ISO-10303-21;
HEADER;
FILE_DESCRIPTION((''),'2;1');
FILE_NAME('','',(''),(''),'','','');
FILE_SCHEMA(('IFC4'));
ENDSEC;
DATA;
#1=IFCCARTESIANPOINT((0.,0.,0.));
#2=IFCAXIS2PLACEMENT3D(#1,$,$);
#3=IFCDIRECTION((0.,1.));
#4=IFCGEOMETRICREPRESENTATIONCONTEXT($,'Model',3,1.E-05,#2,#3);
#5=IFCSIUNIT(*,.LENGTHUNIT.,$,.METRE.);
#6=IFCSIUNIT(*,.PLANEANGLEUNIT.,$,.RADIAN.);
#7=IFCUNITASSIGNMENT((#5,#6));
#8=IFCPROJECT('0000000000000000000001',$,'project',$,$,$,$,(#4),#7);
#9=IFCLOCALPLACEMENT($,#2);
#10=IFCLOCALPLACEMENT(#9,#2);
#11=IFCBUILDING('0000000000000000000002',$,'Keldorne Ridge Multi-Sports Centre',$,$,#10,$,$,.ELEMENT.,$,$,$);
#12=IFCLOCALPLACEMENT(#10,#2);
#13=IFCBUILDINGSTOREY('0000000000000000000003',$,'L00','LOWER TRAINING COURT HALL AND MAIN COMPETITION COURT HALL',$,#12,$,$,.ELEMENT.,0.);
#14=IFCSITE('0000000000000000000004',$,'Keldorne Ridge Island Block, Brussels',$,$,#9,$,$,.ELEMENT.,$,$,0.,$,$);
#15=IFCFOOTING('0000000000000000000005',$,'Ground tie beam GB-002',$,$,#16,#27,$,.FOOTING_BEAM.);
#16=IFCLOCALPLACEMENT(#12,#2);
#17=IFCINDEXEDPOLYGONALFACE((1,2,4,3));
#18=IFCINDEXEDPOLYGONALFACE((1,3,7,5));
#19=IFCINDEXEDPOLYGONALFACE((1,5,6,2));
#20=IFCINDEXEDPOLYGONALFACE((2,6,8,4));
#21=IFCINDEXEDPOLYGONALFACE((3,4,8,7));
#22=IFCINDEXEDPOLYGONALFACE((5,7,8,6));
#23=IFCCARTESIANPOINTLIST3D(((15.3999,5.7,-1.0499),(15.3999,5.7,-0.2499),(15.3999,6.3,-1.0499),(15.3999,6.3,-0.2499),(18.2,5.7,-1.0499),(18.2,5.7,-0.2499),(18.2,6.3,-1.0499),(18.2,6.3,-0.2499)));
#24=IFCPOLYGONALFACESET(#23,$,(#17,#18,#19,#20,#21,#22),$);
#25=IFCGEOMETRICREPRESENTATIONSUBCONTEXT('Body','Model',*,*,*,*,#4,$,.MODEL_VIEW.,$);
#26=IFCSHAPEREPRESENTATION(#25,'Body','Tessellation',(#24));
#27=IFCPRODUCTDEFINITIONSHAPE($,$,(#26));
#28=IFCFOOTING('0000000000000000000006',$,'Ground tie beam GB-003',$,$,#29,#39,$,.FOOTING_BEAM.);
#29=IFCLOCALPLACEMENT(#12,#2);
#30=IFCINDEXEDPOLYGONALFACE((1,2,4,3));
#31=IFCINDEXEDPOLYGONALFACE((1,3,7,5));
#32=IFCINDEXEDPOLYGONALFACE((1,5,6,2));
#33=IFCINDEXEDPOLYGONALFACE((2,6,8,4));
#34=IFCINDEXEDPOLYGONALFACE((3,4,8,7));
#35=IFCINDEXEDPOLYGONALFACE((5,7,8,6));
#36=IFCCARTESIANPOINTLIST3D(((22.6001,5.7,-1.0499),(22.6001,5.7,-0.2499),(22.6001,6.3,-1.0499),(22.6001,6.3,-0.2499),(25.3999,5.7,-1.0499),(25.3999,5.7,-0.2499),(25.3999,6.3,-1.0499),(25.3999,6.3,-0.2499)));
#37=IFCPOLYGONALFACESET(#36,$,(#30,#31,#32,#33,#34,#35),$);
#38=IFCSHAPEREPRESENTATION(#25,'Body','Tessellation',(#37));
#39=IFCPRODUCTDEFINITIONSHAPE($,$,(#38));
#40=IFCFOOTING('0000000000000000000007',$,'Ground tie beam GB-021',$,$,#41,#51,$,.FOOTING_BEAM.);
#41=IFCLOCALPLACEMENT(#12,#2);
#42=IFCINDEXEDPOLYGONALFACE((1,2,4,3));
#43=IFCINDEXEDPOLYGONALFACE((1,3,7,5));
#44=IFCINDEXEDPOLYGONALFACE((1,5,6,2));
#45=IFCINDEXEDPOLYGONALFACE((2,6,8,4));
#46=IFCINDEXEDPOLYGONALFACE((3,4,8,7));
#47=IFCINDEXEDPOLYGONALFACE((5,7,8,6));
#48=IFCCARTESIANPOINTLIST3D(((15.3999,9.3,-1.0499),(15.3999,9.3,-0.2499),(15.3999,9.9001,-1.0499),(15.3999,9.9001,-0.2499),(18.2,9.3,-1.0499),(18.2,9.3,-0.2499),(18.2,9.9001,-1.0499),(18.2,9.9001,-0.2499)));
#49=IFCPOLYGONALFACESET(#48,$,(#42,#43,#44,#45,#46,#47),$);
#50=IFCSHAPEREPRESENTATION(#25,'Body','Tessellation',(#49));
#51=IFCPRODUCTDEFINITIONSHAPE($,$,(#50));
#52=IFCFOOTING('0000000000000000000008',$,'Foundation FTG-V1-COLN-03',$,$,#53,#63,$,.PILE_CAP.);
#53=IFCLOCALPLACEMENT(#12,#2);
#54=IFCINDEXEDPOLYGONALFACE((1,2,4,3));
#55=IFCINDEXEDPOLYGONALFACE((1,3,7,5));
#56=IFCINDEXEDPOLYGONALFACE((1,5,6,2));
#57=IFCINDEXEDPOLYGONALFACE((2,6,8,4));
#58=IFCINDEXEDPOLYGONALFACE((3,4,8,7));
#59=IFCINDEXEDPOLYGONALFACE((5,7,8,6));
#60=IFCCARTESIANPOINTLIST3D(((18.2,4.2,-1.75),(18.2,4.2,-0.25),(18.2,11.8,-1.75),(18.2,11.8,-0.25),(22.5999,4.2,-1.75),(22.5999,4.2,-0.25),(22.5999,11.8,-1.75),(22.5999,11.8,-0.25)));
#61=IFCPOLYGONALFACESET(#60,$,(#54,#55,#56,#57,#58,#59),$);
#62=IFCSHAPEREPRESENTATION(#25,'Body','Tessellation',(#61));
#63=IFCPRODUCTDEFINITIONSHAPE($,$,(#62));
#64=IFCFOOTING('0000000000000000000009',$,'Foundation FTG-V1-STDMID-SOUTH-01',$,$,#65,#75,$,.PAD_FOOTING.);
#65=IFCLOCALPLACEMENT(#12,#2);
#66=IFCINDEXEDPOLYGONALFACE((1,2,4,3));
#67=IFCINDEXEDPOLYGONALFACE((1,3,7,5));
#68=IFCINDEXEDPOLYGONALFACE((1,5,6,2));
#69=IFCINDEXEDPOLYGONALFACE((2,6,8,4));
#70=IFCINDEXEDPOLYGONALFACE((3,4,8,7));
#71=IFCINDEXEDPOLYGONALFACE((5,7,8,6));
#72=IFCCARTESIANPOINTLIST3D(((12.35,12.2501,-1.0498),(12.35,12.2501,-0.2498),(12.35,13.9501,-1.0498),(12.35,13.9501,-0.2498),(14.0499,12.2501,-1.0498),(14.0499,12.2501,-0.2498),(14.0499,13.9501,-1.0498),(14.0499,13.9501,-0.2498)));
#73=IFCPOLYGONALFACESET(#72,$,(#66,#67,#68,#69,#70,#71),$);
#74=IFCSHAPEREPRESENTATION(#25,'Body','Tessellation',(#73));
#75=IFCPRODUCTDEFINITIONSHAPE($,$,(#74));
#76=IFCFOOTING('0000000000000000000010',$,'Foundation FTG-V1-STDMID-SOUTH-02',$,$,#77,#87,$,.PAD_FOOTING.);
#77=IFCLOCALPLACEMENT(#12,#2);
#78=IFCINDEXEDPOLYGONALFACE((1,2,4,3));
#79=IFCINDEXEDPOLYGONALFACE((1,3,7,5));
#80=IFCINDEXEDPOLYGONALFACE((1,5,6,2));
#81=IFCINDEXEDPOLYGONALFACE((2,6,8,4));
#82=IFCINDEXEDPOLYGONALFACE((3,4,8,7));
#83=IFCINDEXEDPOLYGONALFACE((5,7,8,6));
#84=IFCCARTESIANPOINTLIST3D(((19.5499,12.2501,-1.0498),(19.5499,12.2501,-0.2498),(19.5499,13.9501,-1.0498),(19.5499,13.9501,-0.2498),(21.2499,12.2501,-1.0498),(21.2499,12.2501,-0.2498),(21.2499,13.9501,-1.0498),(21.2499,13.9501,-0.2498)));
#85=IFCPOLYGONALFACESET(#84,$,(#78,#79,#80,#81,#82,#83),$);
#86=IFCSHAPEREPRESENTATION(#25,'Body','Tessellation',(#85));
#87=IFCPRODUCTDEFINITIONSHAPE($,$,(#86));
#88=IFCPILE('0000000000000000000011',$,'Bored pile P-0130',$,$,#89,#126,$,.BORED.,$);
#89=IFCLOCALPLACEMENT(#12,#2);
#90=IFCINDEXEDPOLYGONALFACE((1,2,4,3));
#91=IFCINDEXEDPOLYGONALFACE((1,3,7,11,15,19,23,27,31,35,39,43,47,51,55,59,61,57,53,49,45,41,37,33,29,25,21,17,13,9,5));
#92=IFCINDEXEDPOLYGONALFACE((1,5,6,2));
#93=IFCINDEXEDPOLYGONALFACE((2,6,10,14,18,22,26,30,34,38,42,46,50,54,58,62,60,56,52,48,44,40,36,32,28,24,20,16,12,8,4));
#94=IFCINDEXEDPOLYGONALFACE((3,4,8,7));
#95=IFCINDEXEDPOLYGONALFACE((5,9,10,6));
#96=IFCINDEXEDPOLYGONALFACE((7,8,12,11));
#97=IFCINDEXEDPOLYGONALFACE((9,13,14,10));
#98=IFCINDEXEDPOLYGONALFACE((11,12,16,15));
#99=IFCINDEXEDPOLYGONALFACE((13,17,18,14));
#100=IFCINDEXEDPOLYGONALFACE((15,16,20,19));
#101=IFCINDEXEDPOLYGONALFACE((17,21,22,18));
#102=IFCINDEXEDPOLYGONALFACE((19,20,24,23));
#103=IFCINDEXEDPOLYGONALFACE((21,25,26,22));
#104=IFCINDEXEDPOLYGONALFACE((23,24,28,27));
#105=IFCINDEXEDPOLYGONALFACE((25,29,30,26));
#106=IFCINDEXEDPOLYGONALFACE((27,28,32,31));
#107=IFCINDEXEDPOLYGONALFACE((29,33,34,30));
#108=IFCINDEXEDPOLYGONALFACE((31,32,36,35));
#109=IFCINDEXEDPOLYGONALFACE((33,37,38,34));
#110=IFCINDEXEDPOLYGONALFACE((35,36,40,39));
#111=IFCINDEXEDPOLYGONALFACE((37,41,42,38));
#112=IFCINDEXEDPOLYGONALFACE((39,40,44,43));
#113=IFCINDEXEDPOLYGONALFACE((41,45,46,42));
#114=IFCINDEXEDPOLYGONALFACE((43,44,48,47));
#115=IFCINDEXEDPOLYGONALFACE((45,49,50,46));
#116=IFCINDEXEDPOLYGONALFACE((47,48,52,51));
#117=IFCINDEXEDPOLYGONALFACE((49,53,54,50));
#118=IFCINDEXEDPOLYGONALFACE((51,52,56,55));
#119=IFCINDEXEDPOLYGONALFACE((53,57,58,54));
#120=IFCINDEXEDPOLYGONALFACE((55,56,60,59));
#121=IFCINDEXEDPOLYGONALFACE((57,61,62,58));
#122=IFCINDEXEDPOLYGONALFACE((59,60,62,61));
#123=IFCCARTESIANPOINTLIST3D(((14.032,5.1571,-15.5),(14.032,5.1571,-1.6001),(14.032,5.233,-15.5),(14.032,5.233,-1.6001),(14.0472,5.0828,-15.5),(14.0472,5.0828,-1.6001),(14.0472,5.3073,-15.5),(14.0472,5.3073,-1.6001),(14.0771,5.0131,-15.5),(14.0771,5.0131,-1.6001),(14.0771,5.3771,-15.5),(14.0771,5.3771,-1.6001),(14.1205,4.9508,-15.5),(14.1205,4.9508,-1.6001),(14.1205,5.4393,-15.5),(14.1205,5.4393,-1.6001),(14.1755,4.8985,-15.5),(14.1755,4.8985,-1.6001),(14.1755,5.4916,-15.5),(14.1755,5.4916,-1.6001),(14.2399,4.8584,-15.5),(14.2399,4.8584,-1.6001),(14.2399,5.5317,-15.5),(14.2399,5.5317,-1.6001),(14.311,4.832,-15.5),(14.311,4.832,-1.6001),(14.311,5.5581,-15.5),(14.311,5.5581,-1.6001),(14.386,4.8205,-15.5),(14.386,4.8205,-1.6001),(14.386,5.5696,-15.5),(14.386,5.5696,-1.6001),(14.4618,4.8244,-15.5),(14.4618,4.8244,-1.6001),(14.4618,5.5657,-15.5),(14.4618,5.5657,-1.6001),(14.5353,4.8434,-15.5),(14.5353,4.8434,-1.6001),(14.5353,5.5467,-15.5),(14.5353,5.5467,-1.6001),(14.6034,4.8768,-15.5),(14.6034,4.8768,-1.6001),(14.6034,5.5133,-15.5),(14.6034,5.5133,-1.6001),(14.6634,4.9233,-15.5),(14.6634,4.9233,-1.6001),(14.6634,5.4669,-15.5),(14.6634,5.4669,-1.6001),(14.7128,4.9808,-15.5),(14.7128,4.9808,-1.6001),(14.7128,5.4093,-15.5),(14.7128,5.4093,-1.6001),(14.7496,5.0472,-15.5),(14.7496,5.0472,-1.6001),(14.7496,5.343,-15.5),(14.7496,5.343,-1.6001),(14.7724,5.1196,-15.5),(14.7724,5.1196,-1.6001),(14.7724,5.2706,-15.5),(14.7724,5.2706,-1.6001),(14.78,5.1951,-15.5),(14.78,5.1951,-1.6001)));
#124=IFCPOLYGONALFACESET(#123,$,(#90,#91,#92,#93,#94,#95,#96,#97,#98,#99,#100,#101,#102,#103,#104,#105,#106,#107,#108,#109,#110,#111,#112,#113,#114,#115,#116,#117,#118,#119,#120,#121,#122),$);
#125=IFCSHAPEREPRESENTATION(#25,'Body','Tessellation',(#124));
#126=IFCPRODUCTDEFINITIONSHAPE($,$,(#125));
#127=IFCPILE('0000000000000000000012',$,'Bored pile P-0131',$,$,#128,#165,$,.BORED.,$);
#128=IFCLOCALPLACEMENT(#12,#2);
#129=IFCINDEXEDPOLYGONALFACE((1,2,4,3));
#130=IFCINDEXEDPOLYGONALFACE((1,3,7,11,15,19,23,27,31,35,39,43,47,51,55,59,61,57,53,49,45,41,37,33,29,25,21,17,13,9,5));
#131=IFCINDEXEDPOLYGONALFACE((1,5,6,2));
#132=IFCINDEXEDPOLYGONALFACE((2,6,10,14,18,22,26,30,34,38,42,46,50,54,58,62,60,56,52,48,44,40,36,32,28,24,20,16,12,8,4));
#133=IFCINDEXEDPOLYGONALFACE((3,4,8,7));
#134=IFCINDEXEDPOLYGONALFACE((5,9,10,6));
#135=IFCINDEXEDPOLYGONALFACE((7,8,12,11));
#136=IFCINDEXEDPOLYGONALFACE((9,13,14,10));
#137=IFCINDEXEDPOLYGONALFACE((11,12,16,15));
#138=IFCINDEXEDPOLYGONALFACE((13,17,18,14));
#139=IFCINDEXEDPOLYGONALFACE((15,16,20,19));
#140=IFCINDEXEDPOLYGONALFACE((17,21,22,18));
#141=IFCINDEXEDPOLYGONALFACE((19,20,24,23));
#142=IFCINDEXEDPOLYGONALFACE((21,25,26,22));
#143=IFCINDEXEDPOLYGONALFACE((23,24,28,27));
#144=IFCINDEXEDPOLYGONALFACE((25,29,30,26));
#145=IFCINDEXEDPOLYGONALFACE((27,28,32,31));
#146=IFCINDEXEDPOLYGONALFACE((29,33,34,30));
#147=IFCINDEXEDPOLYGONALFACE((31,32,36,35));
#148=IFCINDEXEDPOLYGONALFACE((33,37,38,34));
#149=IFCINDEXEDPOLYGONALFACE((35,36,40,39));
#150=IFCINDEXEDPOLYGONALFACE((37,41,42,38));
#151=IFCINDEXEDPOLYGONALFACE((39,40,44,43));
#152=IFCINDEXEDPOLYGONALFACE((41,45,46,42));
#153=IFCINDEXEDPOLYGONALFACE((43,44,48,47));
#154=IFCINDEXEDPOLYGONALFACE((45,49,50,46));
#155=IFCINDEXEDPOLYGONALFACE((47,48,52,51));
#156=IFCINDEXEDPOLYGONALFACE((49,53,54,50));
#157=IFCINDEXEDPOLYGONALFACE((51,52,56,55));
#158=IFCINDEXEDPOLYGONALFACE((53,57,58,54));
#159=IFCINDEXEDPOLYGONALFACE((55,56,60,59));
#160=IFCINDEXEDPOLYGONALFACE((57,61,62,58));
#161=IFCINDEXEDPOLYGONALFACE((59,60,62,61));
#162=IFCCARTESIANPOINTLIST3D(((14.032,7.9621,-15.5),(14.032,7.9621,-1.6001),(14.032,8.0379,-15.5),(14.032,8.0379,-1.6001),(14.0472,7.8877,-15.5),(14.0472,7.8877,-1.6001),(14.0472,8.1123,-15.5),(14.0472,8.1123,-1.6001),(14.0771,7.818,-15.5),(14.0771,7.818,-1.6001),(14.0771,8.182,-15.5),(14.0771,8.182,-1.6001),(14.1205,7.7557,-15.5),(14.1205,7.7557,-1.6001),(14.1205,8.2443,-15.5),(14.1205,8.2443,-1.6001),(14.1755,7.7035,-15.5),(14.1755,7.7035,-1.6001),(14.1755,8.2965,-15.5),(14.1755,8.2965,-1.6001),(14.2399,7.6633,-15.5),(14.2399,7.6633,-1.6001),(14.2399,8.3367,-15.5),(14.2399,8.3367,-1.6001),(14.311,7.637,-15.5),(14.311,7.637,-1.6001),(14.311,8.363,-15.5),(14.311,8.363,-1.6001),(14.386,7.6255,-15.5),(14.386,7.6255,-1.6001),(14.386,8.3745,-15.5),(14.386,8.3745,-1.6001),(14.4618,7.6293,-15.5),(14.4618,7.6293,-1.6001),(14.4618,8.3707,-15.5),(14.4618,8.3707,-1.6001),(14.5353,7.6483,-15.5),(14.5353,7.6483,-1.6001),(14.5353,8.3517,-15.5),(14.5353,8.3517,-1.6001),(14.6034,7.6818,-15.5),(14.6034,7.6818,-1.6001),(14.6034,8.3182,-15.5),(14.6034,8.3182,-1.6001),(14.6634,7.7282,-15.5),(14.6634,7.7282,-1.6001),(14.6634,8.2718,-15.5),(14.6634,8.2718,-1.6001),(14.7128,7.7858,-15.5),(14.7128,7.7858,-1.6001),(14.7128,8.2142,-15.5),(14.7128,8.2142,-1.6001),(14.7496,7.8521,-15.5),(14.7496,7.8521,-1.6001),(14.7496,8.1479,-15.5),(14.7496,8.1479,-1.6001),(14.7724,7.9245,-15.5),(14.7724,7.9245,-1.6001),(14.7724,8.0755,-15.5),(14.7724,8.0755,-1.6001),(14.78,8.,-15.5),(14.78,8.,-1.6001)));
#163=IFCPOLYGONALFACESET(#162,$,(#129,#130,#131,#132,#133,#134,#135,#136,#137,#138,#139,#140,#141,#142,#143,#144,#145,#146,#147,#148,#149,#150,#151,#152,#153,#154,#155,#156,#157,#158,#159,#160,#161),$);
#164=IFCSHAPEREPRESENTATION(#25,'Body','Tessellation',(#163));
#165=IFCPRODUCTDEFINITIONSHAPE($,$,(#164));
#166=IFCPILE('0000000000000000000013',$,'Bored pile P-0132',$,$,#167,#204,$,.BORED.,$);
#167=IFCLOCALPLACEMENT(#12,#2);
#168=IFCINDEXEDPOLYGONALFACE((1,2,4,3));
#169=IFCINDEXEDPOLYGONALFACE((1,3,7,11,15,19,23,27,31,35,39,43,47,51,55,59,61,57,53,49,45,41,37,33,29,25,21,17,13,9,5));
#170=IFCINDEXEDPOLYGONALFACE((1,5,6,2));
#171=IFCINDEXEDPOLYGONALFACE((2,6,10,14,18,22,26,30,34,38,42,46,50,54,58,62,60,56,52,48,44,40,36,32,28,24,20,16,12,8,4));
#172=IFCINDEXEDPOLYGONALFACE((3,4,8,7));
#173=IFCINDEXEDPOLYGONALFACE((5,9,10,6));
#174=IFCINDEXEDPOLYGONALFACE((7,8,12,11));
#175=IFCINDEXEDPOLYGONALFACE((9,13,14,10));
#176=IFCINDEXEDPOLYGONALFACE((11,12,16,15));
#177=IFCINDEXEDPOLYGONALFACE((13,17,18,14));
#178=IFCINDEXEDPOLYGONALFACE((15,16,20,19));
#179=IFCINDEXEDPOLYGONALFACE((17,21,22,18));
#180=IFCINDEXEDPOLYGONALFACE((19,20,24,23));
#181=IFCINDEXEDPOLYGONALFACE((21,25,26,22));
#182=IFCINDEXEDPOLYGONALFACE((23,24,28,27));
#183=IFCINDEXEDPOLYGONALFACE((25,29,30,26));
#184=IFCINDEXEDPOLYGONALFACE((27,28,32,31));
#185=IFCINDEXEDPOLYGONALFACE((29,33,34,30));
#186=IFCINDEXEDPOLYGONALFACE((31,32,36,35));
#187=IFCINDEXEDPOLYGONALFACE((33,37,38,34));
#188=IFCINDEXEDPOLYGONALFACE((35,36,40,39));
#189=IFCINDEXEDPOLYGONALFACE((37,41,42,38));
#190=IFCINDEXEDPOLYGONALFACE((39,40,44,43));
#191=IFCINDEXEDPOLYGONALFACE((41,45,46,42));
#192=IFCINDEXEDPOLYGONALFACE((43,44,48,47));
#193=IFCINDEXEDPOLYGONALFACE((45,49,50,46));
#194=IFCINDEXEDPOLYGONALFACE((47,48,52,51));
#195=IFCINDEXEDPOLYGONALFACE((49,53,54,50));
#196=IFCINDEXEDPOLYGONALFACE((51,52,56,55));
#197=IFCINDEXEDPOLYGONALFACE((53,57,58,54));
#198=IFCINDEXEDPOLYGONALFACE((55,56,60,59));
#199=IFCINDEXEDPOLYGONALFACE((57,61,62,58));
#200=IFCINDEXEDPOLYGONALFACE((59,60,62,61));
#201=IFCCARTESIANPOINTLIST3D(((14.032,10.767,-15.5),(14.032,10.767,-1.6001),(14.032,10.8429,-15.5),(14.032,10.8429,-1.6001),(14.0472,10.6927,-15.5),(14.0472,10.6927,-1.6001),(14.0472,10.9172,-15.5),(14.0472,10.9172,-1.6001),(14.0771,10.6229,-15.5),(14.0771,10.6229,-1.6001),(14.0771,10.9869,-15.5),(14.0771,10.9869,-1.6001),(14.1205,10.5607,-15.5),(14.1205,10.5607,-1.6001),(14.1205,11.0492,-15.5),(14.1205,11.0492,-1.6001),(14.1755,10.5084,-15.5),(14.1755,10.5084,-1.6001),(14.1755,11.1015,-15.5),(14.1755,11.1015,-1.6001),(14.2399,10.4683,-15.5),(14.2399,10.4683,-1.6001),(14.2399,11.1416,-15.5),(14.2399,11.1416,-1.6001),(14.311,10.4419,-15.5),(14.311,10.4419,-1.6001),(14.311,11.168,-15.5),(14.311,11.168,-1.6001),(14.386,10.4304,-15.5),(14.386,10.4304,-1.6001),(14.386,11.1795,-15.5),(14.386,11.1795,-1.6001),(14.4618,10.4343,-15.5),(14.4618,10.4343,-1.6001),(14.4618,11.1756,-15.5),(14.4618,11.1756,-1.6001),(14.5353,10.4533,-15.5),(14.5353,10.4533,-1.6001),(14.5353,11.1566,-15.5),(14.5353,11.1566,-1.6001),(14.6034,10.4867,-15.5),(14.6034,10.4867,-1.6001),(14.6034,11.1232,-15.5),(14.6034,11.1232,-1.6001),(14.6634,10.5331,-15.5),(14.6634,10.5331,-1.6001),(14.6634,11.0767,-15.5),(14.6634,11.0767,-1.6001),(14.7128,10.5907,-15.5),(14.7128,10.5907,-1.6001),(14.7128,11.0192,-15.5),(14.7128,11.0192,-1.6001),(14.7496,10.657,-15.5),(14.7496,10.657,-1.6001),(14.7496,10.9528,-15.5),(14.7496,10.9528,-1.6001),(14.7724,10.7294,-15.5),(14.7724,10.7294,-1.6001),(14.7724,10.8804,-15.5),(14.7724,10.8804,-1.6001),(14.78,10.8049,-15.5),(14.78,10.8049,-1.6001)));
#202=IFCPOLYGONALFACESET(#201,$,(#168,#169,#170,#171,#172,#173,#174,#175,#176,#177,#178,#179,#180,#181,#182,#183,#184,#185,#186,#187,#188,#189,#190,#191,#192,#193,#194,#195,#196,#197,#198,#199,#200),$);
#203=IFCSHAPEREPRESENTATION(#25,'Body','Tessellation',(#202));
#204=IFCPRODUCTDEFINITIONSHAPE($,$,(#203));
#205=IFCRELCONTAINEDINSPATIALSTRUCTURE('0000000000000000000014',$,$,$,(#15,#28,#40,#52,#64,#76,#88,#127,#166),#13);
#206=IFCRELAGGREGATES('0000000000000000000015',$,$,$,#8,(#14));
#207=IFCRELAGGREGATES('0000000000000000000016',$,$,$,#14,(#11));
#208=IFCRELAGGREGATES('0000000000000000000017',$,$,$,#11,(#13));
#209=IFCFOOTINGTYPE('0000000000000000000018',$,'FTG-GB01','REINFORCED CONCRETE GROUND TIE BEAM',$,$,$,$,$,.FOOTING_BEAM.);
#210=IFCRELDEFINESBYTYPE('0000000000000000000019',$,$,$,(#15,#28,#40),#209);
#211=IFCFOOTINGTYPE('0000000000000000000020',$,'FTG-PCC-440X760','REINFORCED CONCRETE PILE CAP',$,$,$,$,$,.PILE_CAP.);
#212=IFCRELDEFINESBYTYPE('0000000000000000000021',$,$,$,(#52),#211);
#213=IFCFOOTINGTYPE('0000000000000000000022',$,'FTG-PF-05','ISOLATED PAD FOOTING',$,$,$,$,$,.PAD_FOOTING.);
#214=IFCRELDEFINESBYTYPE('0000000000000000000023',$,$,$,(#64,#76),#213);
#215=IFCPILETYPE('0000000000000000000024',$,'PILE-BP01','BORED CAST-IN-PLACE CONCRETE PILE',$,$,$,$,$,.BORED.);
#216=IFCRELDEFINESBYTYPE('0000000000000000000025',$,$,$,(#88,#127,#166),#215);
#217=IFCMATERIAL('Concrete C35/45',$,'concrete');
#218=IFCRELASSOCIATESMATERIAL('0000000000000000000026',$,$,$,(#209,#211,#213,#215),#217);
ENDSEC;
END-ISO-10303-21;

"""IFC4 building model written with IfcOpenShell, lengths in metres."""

from ifc_helpers import new_model, si_unit, direction, frame, origin, origin_2d, place, context, subcontext, project, spatial, rectangle, circle, extrude, material, material_profile, profile_set, type_object, element, save


model = new_model("IFC4")

# Units and contexts
model_context = context("Model", 3, precision=1e-05, world=origin(), true_north=direction((0.0, 1.0)))
body_context = subcontext(model_context, "Body", "Model", "MODEL_VIEW")
ifc_project = project(units=[si_unit("LENGTHUNIT", "METRE"), si_unit("PLANEANGLEUNIT", "RADIAN")], contexts=[model_context])

# Site, building, storey
site_placement = place(None, origin())
site = spatial("IfcSite", under=ifc_project, at=site_placement, Name="Keldorne Ridge Island Block, Brussels", CompositionType="ELEMENT", RefElevation=0.0)
building_placement = place(site_placement, origin())
building = spatial("IfcBuilding", under=site, at=building_placement, Name="Keldorne Ridge Multi-Sports Centre", CompositionType="ELEMENT")
storey_placement = place(building_placement, origin())
storey = spatial("IfcBuildingStorey", under=building, at=storey_placement, Name="L00", Description="LOWER TRAINING COURT HALL AND MAIN COMPETITION COURT HALL", CompositionType="ELEMENT", Elevation=0.0)

# Footings
ifc_material_1 = material(Name="Concrete C35/45", Category="concrete")
ifc_material_profile_1 = material_profile(ifc_material_1, rectangle(XDim=0.6001, YDim=0.8, at=origin_2d()), Name="GB 600x800")
ifc_profile_set_1 = profile_set([ifc_material_profile_1], Name="Concrete C35/45")
footing_type_1 = type_object("IfcFootingType", Name="FTG-GB01", Description="REINFORCED CONCRETE GROUND TIE BEAM", PredefinedType="FOOTING_BEAM", material=ifc_profile_set_1)
footing_1_placement = place(storey_placement, frame((15.3999, 6.0, -0.6499), z_axis=(1.0, 0.0, 0.0), x_axis=(0.0, 1.0, 0.0)))
element("IfcFooting", 1, at=footing_1_placement, inside=storey, type_object=footing_type_1, Name="Ground tie beam GB-002", PredefinedType="FOOTING_BEAM", context=body_context, shape_type="SweptSolid", body=[
    extrude(rectangle(XDim=0.6001, YDim=0.8, at=origin_2d()), origin(), (0.0, 0.0, 1.0), 2.8),
])
footing_2_placement = place(storey_placement, frame((22.6001, 6.0, -0.6499), z_axis=(1.0, 0.0, 0.0), x_axis=(0.0, 1.0, 0.0)))
element("IfcFooting", 2, at=footing_2_placement, inside=storey, type_object=footing_type_1, Name="Ground tie beam GB-003", PredefinedType="FOOTING_BEAM", context=body_context, shape_type="SweptSolid", body=[
    extrude(rectangle(XDim=0.6001, YDim=0.8, at=origin_2d()), origin(), (0.0, 0.0, 1.0), 2.7998),
])
footing_3_placement = place(storey_placement, frame((15.3999, 9.6001, -0.6499), z_axis=(1.0, 0.0, 0.0), x_axis=(0.0, 1.0, 0.0)))
element("IfcFooting", 3, at=footing_3_placement, inside=storey, type_object=footing_type_1, Name="Ground tie beam GB-021", PredefinedType="FOOTING_BEAM", context=body_context, shape_type="SweptSolid", body=[
    extrude(rectangle(XDim=0.6001, YDim=0.8, at=origin_2d()), origin(), (0.0, 0.0, 1.0), 2.8),
])
footing_type_2 = type_object("IfcFootingType", Name="FTG-PCC-440X760", Description="REINFORCED CONCRETE PILE CAP", PredefinedType="PILE_CAP", material=ifc_material_1)
footing_4_placement = place(storey_placement, frame((20.3999, 8.0, -1.75), z_axis=(0.0, 0.0, 1.0), x_axis=(1.0, 0.0, 0.0)))
element("IfcFooting", 4, at=footing_4_placement, inside=storey, type_object=footing_type_2, Name="Foundation FTG-V1-COLN-03", PredefinedType="PILE_CAP", context=body_context, shape_type="SweptSolid", body=[
    extrude(rectangle(XDim=4.3999, YDim=7.6001, at=origin_2d()), origin(), (0.0, 0.0, 1.0), 1.5),
])
footing_type_3 = type_object("IfcFootingType", Name="FTG-PF-05", Description="ISOLATED PAD FOOTING", PredefinedType="PAD_FOOTING", material=ifc_material_1)
for number, where, z_axis, x_axis, name in (
    (5, (13.2, 13.1001, -1.0498), (0.0, 0.0, 1.0), (1.0, 0.0, 0.0), "Foundation FTG-V1-STDMID-SOUTH-01"),
    (6, (20.3999, 13.1001, -1.0498), (0.0, 0.0, 1.0), (1.0, 0.0, 0.0), "Foundation FTG-V1-STDMID-SOUTH-02"),
):
    element("IfcFooting", number, at=place(storey_placement, frame(where, z_axis=z_axis, x_axis=x_axis)), inside=storey, type_object=footing_type_3, Name=name, PredefinedType="PAD_FOOTING", context=body_context, shape_type="SweptSolid", body=[
        extrude(rectangle(XDim=1.7, YDim=1.7, at=origin_2d()), origin(), (0.0, 0.0, 1.0), 0.8),
    ])

# Piles
ifc_material_profile_2 = material_profile(ifc_material_1, circle(Radius=0.375, at=origin_2d()), Name="BORED PILE D750")
ifc_profile_set_2 = profile_set([ifc_material_profile_2], Name="Concrete C35/45")
pile_type = type_object("IfcPileType", Name="PILE-BP01", Description="BORED CAST-IN-PLACE CONCRETE PILE", PredefinedType="BORED", material=ifc_profile_set_2)
for number, where, z_axis, x_axis, name in (
    (7, (14.405, 5.1951, -1.6001), (0.0, 0.0, -1.0), (1.0, 0.0, 0.0), "Bored pile P-0130"),
    (8, (14.405, 8.0, -1.6001), (0.0, 0.0, -1.0), (1.0, 0.0, 0.0), "Bored pile P-0131"),
    (9, (14.405, 10.8049, -1.6001), (0.0, 0.0, -1.0), (1.0, 0.0, 0.0), "Bored pile P-0132"),
):
    element("IfcPile", number, at=place(storey_placement, frame(where, z_axis=z_axis, x_axis=x_axis)), inside=storey, type_object=pile_type, Name=name, PredefinedType="BORED", context=body_context, shape_type="SweptSolid", body=[
        extrude(circle(Radius=0.375, at=origin_2d()), origin(), (0.0, 0.0, 1.0), 13.8999),
    ])

save(model, "model.ifc")
